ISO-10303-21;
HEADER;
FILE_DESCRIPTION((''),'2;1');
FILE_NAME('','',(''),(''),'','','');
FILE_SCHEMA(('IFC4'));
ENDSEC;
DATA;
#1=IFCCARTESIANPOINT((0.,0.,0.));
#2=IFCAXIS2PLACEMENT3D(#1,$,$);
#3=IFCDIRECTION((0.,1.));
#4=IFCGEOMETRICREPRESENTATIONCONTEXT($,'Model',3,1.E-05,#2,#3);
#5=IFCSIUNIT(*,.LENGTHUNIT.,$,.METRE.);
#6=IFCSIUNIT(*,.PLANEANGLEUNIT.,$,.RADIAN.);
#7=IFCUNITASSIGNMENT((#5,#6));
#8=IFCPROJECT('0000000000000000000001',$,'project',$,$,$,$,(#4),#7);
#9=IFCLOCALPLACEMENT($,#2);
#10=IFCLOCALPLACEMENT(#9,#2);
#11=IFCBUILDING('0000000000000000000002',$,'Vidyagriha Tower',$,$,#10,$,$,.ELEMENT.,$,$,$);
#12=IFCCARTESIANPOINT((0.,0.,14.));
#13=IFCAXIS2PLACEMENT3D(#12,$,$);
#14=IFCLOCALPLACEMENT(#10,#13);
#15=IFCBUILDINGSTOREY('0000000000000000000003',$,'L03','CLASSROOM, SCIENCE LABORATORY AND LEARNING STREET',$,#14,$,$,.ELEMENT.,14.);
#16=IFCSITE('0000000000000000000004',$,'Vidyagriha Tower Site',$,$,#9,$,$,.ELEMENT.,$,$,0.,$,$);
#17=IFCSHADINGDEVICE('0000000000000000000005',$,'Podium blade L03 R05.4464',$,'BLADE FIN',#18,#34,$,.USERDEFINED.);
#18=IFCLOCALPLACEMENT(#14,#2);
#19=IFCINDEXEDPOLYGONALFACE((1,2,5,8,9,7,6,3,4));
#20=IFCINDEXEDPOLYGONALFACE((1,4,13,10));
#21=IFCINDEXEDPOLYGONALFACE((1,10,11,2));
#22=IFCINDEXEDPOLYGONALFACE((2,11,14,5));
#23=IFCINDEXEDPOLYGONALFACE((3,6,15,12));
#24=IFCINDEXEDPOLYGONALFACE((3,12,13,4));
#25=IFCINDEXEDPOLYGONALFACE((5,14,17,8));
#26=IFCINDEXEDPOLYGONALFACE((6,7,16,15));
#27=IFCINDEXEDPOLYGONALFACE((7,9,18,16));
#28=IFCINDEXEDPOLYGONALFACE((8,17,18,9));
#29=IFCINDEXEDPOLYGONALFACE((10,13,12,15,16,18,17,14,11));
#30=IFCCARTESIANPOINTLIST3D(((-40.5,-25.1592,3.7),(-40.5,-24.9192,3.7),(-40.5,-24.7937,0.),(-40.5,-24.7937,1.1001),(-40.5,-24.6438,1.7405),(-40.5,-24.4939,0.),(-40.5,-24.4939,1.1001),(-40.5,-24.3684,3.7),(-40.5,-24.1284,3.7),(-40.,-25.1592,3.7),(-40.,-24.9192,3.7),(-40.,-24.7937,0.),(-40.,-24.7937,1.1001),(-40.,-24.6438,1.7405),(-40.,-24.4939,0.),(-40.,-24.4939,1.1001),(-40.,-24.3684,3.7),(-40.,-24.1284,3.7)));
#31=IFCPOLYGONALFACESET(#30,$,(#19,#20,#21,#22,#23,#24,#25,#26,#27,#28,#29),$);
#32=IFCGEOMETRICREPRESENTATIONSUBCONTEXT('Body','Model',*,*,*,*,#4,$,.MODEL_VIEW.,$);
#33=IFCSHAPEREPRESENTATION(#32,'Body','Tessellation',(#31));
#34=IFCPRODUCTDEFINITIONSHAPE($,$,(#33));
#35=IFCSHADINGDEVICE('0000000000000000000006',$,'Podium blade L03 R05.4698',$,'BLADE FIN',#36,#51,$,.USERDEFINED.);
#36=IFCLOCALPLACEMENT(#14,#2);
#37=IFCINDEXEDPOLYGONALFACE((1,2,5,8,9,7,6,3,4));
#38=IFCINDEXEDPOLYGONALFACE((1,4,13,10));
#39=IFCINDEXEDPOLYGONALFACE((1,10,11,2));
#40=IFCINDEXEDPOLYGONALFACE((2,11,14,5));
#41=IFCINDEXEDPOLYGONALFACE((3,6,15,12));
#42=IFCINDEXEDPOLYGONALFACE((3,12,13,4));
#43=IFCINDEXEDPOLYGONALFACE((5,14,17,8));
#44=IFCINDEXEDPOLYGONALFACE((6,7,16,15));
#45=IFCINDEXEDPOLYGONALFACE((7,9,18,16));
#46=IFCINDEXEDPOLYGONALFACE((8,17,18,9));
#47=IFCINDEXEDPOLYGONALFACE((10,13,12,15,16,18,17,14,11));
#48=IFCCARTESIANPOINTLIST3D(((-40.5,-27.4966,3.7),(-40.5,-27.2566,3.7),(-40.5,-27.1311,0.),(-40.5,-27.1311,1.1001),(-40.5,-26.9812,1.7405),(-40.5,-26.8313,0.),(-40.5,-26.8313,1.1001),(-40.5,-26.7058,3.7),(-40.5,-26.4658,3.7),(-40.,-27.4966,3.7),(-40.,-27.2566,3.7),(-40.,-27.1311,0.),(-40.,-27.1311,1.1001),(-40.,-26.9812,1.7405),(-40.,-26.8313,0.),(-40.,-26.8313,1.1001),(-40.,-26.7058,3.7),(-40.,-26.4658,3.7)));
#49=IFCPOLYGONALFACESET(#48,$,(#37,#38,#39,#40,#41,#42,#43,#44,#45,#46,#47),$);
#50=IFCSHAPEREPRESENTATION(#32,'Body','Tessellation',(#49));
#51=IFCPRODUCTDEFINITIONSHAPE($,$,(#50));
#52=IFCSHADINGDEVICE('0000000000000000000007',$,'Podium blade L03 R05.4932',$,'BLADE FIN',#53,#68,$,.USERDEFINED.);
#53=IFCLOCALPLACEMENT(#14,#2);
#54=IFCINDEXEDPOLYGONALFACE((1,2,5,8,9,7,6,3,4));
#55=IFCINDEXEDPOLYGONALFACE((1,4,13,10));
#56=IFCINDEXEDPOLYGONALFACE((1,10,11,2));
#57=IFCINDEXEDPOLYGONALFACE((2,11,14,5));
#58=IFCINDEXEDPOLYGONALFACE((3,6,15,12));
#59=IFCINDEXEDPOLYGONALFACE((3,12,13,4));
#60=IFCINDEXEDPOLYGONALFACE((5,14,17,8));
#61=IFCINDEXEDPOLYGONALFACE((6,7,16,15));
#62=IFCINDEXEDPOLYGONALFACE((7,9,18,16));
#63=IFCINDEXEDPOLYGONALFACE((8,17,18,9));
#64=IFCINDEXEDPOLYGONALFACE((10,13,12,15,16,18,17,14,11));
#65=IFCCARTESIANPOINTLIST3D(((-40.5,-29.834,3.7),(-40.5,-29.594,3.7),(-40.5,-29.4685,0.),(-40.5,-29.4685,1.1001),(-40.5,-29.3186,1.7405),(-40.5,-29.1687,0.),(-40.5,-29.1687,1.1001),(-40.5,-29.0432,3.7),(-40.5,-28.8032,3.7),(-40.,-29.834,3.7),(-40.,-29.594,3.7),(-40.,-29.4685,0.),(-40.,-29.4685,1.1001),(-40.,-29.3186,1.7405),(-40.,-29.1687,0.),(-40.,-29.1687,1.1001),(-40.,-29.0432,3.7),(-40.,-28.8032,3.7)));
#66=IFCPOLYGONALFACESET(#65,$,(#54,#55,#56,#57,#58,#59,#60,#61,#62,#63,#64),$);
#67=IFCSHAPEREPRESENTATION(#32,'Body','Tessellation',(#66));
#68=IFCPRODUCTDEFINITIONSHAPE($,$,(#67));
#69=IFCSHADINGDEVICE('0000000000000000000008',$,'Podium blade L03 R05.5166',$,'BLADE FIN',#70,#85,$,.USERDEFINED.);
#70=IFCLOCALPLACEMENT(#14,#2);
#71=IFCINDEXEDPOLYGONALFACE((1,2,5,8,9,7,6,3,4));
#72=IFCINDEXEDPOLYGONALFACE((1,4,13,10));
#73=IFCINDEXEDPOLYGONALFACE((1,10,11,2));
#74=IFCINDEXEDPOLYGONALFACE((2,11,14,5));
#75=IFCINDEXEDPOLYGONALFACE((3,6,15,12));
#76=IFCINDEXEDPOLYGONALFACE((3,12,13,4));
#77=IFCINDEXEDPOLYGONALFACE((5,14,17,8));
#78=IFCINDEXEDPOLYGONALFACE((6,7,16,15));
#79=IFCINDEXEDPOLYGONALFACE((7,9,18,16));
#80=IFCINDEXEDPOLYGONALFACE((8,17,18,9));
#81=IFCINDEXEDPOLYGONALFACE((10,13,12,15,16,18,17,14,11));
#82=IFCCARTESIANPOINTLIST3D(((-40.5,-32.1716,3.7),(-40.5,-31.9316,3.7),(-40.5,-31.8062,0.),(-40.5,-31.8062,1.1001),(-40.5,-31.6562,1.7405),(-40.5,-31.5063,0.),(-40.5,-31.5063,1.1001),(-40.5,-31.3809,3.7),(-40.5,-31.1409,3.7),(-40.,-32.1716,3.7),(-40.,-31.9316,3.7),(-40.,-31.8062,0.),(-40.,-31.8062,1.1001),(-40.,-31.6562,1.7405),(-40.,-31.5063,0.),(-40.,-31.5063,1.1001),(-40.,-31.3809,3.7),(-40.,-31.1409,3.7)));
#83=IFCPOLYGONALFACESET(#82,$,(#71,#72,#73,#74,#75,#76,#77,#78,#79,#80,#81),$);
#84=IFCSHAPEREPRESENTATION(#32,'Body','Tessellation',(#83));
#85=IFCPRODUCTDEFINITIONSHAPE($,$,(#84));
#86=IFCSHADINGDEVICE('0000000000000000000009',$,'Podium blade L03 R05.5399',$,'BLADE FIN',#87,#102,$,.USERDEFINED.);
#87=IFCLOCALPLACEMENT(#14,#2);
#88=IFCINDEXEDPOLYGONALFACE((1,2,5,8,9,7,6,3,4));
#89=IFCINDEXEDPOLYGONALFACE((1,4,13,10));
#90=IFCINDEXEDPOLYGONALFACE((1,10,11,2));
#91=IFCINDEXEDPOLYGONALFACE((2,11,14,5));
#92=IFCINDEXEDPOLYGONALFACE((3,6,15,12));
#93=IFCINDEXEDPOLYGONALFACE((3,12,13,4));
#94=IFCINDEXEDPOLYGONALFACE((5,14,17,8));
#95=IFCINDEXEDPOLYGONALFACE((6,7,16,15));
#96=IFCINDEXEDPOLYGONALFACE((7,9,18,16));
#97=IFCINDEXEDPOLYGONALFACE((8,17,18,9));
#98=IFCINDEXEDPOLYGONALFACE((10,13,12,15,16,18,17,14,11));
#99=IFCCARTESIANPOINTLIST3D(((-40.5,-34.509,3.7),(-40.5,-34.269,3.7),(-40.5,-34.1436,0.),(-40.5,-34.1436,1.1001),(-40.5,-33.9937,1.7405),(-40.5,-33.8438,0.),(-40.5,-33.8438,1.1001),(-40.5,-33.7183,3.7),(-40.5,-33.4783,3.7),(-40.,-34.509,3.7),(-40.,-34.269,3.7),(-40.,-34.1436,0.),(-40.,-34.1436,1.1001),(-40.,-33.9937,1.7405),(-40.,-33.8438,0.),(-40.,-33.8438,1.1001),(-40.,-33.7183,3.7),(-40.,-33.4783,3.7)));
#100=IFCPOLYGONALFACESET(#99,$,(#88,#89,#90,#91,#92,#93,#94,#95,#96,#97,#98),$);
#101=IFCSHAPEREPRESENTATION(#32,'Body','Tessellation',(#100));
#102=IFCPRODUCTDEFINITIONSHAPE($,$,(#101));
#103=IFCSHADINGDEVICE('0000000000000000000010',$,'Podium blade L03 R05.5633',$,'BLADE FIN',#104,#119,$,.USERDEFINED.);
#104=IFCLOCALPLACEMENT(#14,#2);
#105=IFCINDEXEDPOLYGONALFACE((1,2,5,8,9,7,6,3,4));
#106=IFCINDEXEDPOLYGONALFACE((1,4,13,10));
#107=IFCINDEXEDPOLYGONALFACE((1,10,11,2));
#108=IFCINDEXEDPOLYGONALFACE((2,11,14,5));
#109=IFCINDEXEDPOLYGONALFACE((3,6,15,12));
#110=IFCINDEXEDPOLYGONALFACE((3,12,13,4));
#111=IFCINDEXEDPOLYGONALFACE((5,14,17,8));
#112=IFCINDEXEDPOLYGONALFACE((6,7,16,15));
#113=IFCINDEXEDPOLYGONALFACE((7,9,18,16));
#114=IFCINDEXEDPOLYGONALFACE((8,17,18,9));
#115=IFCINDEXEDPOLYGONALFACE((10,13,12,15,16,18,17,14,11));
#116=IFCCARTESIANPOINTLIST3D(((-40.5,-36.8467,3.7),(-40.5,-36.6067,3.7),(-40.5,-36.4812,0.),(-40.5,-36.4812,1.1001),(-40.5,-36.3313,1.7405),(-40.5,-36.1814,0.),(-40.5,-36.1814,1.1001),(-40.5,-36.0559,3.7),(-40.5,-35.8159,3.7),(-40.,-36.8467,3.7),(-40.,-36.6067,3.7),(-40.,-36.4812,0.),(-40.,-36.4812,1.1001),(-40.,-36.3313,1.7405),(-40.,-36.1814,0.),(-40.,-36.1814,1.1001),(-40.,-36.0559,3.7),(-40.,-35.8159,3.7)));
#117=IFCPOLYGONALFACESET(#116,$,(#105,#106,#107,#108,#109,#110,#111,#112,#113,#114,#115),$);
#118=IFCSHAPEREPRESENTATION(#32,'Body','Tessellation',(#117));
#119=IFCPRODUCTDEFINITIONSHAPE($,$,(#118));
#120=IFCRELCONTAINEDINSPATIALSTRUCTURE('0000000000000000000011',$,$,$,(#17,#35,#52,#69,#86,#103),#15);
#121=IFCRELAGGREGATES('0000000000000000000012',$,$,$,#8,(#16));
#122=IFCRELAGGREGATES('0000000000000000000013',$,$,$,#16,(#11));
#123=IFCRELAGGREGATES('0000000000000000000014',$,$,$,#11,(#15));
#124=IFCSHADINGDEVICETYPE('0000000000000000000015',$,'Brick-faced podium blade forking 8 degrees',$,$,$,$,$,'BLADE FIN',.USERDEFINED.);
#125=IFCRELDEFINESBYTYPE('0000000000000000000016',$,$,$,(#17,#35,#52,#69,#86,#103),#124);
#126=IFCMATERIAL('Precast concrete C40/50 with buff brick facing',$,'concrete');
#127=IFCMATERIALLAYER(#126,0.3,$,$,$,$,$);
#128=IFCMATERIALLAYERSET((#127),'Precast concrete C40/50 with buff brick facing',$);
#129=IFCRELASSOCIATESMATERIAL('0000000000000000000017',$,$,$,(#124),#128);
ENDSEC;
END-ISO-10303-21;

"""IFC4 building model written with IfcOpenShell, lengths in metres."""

from ifc_helpers import new_model, si_unit, direction, frame, origin, place, context, subcontext, project, spatial, polyline, outline, extrude, material, layer, layer_set, type_object, element, save


model = new_model("IFC4")

# Units and contexts
model_context = context("Model", 3, precision=1e-05, world=origin(), true_north=direction((0.0, 1.0)))
body_context = subcontext(model_context, "Body", "Model", "MODEL_VIEW")
ifc_project = project(units=[si_unit("LENGTHUNIT", "METRE"), si_unit("PLANEANGLEUNIT", "RADIAN")], contexts=[model_context])

# Site, building, storey
site_placement = place(None, origin())
site = spatial("IfcSite", under=ifc_project, at=site_placement, Name="Vidyagriha Tower Site", CompositionType="ELEMENT", RefElevation=0.0)
building_placement = place(site_placement, origin())
building = spatial("IfcBuilding", under=site, at=building_placement, Name="Vidyagriha Tower", CompositionType="ELEMENT")
storey_placement = place(building_placement, frame((0.0, 0.0, 14.0)))
storey = spatial("IfcBuildingStorey", under=building, at=storey_placement, Name="L03", Description="CLASSROOM, SCIENCE LABORATORY AND LEARNING STREET", CompositionType="ELEMENT", Elevation=14.0)

# Shading devices
ifc_material_1 = material(Name="Precast concrete C40/50 with buff brick facing", Category="concrete")
ifc_layer_1 = layer(ifc_material_1, 0.3)
ifc_layer_set_1 = layer_set([ifc_layer_1], Name="Precast concrete C40/50 with buff brick facing")
shading_device_type = type_object("IfcShadingDeviceType", Name="Brick-faced podium blade forking 8 degrees", ElementType="BLADE FIN", PredefinedType="USERDEFINED", material=ifc_layer_set_1)
for number, where, z_axis, x_axis, name in (
    (1, (-40.25, -24.1284, 0.0), (0.0, 0.0, 1.0), (0.0, -1.0, 0.0), "Podium blade L03 R05.4464"),
    (2, (-40.25, -26.4658, 0.0), (0.0, 0.0, 1.0), (0.0, -1.0, 0.0), "Podium blade L03 R05.4698"),
    (3, (-40.25, -28.8032, 0.0), (0.0, 0.0, 1.0), (0.0, -1.0, 0.0), "Podium blade L03 R05.4932"),
    (4, (-40.25, -31.1409, 0.0), (0.0, 0.0, 1.0), (0.0, -1.0, 0.0), "Podium blade L03 R05.5166"),
    (5, (-40.25, -33.4783, 0.0), (0.0, 0.0, 1.0), (0.0, -1.0, 0.0), "Podium blade L03 R05.5399"),
    (6, (-40.25, -35.8159, 0.0), (0.0, 0.0, 1.0), (0.0, -1.0, 0.0), "Podium blade L03 R05.5633"),
):
    element("IfcShadingDevice", number, at=place(storey_placement, frame(where, z_axis=z_axis, x_axis=x_axis)), inside=storey, type_object=shading_device_type, Name=name, ObjectType="BLADE FIN", PredefinedType="USERDEFINED", context=body_context, shape_type="SweptSolid", body=[
        extrude(outline(polyline([(0.6653, 0.0), (0.6653, 1.1001), (1.0308, 3.7), (0.7908, 3.7), (0.5154, 1.7405), (0.24, 3.7), (0.0, 3.7), (0.3655, 1.1001), (0.3655, 0.0), (0.6653, 0.0)])), frame((0.0, 0.25, 0.0), z_axis=(0.0, -1.0, 0.0), x_axis=(1.0, 0.0, 0.0)), (0.0, 0.0, 1.0), 0.5),
    ])

save(model, "model.ifc")
